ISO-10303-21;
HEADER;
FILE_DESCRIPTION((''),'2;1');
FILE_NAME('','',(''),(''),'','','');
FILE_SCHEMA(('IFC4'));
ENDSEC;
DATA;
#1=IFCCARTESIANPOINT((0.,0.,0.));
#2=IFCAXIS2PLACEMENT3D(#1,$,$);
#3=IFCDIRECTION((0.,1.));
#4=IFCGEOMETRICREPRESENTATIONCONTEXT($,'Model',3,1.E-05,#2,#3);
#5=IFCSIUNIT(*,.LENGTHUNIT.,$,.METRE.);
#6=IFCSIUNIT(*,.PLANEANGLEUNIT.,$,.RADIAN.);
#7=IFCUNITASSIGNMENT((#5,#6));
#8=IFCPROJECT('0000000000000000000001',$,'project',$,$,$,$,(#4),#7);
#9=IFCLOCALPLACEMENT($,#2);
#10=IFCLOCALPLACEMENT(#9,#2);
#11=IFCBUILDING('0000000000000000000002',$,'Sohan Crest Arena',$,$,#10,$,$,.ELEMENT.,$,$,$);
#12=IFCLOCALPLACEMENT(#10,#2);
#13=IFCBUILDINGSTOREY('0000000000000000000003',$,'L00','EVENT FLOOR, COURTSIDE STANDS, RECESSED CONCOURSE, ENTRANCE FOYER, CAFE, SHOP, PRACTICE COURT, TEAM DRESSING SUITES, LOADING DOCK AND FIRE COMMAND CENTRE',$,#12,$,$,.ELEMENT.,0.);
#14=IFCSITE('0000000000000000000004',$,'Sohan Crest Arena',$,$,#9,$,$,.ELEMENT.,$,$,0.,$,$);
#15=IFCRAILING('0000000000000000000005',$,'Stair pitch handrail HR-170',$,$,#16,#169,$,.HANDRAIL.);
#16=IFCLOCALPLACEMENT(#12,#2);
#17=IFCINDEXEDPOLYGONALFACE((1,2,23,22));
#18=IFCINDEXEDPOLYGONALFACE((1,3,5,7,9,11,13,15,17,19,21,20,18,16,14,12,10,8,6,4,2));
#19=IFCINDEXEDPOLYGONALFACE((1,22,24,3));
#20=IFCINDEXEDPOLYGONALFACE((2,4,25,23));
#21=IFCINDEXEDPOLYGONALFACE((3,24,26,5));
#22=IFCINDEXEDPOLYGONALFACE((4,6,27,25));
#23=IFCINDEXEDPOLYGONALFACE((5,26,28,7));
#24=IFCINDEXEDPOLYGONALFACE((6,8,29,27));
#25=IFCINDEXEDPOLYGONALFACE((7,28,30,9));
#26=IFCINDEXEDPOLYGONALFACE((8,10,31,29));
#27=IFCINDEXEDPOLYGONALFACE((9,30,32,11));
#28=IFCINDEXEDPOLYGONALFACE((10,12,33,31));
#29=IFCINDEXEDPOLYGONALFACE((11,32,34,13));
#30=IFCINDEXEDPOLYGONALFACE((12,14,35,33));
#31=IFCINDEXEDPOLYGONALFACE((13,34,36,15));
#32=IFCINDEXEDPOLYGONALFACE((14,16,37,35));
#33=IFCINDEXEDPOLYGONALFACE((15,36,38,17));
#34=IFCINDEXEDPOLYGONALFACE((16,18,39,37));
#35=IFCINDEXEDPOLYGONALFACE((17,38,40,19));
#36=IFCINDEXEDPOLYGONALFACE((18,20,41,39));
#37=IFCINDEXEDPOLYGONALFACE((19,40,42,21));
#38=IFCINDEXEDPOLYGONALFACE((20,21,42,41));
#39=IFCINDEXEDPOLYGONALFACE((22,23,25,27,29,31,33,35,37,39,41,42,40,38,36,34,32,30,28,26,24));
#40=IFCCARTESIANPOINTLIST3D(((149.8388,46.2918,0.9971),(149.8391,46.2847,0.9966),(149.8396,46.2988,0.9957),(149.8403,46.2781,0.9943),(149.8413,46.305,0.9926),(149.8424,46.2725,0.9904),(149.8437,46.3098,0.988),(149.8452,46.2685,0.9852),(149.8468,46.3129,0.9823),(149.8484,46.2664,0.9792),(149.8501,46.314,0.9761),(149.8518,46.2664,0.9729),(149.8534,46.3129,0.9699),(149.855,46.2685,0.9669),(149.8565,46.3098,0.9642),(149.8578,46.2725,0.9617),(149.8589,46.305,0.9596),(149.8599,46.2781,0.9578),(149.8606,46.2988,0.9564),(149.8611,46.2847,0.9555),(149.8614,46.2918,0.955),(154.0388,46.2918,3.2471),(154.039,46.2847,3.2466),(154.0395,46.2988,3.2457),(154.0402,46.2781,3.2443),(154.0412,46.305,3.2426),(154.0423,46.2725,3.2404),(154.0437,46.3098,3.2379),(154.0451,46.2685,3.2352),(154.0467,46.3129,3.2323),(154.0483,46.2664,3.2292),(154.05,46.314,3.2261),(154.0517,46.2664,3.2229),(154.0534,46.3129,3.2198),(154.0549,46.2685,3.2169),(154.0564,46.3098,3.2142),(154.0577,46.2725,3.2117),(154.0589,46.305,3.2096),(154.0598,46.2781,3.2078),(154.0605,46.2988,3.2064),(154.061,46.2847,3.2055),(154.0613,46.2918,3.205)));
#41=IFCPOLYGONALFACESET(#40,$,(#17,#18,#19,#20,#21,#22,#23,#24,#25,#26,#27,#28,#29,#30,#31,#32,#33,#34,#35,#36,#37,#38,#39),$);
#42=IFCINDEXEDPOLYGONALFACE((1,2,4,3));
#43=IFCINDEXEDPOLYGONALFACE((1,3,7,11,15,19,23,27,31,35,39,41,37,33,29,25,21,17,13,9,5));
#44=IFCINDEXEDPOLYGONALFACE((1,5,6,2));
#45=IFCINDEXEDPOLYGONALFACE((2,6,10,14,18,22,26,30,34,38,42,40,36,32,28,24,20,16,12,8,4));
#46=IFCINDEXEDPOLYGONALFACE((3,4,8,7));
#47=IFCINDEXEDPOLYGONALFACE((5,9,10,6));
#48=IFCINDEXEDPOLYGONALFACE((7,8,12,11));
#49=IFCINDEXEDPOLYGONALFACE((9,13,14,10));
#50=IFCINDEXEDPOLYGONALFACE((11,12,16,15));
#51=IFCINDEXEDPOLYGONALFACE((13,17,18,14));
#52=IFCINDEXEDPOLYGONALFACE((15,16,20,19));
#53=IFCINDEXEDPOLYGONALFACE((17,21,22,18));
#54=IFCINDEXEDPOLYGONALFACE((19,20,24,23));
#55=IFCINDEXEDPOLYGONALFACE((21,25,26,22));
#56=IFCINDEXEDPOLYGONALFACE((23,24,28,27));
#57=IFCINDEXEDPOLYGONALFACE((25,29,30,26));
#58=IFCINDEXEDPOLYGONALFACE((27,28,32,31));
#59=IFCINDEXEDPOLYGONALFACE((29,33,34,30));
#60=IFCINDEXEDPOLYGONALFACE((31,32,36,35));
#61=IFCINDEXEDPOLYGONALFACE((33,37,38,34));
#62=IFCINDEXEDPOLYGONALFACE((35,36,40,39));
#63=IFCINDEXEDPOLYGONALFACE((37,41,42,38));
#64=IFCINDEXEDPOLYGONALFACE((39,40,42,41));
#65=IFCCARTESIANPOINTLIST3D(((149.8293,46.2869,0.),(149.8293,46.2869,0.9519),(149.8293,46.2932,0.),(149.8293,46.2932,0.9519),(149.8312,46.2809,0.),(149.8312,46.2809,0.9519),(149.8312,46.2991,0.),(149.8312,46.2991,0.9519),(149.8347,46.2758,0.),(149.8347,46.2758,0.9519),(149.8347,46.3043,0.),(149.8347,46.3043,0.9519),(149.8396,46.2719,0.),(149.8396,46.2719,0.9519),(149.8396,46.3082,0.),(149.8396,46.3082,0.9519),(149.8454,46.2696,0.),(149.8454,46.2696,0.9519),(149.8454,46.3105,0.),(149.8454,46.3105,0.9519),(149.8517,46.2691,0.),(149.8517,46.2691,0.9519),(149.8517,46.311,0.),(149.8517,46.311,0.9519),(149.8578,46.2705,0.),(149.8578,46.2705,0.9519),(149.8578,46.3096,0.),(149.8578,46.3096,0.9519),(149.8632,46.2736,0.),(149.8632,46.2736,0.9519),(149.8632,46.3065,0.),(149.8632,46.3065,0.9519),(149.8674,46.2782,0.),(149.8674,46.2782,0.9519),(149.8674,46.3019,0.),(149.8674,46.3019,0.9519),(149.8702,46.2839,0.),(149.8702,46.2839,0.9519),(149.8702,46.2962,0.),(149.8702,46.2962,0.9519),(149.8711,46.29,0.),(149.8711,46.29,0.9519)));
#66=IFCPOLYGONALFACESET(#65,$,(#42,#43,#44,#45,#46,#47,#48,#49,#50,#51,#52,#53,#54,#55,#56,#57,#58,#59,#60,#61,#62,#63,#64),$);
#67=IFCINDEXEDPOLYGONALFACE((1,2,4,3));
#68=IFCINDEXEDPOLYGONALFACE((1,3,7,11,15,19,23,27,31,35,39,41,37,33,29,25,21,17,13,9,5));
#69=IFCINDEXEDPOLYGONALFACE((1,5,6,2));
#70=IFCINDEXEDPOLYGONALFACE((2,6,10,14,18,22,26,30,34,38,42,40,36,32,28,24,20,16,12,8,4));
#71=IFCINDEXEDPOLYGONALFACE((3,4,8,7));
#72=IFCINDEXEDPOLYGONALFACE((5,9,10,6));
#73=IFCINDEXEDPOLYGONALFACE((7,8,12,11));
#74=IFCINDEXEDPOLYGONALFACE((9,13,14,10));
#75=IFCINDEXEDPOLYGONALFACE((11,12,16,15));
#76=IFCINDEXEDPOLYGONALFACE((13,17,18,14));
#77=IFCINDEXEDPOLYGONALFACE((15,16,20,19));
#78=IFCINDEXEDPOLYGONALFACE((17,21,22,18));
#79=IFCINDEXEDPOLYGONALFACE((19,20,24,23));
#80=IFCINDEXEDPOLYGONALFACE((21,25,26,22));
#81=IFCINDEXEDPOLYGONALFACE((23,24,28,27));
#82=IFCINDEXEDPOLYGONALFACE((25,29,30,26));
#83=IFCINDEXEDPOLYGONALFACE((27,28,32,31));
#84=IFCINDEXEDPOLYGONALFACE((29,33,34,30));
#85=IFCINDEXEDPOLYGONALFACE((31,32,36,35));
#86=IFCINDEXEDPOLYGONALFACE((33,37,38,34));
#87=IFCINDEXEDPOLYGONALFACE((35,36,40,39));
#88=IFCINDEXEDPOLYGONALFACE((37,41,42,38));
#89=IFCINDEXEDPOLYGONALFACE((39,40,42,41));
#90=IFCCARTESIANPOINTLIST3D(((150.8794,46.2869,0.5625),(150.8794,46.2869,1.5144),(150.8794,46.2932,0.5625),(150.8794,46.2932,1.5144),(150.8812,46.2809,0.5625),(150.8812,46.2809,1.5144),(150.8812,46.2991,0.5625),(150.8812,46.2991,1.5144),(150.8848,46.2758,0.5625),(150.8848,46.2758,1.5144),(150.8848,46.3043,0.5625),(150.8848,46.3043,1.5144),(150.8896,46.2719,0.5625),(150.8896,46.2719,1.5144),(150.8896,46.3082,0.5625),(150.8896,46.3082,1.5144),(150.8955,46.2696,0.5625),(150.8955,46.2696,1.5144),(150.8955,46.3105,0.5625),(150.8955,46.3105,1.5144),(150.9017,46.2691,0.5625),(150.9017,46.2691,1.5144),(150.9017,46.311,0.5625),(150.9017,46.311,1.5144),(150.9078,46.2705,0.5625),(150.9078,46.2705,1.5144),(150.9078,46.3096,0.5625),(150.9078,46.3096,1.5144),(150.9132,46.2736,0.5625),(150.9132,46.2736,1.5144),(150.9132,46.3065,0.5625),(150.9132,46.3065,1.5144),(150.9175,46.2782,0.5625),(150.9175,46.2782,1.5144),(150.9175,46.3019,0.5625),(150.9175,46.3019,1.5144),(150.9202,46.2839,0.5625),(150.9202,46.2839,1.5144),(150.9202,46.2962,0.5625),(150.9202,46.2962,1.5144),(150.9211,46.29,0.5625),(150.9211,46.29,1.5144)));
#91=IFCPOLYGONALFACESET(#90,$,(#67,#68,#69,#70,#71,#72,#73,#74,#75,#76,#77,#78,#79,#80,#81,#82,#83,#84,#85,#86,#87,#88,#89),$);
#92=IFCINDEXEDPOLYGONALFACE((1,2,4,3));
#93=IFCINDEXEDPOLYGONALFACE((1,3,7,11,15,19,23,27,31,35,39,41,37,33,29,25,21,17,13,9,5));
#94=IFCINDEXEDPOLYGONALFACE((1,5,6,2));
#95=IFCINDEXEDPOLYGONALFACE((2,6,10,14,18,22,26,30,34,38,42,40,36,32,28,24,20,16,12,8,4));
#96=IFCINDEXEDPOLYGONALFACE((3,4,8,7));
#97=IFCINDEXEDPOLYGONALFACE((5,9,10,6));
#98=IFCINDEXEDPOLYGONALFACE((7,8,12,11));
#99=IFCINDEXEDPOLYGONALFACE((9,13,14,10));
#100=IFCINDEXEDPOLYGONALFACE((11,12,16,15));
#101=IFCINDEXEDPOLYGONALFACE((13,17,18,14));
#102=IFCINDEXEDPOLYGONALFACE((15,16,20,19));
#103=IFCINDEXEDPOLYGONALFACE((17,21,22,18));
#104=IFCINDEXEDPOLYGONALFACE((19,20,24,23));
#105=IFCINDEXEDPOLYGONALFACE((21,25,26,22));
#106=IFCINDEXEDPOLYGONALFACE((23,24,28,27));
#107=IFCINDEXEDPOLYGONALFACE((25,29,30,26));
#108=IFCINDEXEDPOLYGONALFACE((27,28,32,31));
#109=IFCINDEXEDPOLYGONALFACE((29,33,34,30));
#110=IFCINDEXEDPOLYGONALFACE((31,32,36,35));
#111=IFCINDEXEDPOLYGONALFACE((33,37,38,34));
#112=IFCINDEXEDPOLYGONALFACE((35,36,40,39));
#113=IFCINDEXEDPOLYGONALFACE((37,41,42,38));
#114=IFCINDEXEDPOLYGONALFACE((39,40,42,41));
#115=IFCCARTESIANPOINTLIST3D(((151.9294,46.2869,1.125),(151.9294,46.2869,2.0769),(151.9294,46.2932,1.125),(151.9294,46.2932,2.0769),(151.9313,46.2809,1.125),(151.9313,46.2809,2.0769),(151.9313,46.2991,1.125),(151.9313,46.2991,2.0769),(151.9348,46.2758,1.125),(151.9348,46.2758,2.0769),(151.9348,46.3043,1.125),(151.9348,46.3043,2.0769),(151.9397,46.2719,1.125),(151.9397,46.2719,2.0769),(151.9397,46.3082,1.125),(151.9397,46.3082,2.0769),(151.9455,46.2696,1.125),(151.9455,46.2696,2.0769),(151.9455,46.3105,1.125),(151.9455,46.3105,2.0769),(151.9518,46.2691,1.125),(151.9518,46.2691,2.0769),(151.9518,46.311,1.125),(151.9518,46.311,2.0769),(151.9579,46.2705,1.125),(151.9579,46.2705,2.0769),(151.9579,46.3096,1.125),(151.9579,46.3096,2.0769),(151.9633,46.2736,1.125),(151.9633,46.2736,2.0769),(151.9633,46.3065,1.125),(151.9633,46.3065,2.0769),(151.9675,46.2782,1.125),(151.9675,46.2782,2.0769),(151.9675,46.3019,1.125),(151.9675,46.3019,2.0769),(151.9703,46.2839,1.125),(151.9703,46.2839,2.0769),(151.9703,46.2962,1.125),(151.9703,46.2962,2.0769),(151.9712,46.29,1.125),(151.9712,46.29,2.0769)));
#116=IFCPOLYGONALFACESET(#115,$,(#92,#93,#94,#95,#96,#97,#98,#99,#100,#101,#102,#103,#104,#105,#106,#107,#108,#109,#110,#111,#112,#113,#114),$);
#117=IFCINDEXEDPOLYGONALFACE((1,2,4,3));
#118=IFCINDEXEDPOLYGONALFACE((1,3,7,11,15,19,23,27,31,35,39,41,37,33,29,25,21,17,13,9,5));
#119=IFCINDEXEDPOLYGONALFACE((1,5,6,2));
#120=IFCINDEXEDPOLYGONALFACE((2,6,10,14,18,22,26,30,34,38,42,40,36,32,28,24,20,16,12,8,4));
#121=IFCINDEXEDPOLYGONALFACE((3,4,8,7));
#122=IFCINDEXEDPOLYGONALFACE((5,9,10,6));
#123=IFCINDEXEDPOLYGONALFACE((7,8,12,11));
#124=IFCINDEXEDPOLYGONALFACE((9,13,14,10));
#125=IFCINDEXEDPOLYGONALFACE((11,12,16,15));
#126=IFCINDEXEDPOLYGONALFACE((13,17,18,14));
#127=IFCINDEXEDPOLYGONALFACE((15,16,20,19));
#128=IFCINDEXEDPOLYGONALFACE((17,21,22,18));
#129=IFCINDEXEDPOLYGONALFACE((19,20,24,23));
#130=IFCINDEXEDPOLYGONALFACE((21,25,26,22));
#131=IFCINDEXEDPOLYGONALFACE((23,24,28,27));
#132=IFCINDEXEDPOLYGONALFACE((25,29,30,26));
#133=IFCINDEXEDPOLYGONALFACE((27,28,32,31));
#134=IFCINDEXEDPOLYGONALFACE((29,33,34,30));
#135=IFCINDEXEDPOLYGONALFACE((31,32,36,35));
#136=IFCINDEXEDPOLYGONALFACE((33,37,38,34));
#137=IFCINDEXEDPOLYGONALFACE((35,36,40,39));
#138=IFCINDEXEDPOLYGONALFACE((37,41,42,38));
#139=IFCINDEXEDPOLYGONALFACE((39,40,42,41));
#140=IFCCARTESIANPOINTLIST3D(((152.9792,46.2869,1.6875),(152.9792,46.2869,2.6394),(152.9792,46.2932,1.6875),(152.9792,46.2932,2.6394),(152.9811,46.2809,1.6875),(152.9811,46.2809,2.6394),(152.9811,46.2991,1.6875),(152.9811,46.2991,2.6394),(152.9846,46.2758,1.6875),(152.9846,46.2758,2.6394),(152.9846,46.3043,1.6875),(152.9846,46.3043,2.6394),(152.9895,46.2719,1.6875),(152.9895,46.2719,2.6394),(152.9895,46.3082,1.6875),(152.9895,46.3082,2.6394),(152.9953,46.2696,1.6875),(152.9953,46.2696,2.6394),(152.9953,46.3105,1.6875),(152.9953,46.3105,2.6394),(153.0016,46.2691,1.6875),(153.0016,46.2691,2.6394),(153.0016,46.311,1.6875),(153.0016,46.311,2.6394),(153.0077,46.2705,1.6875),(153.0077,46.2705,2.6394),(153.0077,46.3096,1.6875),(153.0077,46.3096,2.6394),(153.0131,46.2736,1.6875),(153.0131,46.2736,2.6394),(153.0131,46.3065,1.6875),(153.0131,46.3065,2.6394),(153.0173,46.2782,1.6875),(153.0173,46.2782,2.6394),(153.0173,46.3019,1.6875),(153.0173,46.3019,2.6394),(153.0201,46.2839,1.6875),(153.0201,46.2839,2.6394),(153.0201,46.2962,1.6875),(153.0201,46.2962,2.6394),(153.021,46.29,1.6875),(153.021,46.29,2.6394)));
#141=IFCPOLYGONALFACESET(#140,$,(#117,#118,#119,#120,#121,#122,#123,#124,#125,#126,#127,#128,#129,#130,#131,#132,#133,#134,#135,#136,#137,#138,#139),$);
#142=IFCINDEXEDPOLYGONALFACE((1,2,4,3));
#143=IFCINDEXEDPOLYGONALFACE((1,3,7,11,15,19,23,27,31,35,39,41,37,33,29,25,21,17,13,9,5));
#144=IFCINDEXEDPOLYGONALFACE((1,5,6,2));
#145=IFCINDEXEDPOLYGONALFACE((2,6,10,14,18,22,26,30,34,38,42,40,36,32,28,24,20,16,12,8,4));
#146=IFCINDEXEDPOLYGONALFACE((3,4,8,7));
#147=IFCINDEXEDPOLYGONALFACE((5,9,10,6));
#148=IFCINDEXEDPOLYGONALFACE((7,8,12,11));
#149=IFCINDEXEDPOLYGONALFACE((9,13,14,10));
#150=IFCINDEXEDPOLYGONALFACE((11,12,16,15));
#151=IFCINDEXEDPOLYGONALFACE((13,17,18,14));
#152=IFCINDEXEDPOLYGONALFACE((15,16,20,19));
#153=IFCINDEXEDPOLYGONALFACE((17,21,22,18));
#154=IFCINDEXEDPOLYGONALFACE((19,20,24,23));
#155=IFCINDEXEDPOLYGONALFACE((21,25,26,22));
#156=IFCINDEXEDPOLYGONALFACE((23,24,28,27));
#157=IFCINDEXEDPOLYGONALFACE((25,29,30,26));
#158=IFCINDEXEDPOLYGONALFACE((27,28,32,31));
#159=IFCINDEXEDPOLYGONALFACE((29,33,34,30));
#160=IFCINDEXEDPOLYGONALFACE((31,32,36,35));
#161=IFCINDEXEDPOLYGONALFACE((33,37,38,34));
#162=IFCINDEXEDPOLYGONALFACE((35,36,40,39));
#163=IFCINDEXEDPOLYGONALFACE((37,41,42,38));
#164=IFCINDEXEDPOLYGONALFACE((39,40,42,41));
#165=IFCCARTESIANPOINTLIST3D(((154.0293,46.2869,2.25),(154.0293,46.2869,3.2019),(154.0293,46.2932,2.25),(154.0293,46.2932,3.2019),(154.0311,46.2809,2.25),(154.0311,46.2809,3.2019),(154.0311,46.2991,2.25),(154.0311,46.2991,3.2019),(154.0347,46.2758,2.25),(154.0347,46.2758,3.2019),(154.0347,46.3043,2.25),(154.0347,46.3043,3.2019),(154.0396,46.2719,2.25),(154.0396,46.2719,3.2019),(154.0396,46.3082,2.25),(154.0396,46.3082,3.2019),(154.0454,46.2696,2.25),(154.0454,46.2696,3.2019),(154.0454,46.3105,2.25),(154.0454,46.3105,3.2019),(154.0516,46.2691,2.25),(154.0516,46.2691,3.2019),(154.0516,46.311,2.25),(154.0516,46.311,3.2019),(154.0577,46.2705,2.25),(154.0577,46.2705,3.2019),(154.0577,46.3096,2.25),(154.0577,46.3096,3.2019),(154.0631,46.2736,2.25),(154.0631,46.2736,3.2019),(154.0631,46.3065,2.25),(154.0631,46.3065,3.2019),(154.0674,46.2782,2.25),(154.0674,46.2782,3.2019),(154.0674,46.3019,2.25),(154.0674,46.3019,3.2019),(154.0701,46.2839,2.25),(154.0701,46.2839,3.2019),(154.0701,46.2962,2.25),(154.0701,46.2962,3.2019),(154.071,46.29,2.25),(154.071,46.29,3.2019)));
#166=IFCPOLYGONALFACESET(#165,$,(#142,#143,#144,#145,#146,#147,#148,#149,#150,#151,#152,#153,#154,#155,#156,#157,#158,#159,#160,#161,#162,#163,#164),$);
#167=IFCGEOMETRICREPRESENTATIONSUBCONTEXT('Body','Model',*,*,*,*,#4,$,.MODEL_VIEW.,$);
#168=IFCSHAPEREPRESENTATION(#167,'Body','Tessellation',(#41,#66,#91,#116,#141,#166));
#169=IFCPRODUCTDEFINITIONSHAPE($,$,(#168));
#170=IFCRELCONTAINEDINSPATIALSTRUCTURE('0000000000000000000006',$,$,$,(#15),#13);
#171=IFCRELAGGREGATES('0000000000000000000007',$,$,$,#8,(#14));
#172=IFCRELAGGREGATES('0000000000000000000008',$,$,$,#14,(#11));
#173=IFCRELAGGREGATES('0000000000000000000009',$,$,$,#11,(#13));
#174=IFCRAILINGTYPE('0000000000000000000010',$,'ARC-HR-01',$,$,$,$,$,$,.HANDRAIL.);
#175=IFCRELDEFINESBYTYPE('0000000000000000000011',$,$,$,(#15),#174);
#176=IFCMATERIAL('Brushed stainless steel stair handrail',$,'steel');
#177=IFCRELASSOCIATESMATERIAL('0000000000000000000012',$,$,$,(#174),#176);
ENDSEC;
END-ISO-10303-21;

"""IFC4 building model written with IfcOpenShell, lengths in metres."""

from ifc_helpers import new_model, si_unit, direction, frame, origin, origin_2d, place, context, subcontext, project, spatial, circle, extrude, material, type_object, element, save


model = new_model("IFC4")

# Units and contexts
model_context = context("Model", 3, precision=1e-05, world=origin(), true_north=direction((0.0, 1.0)))
body_context = subcontext(model_context, "Body", "Model", "MODEL_VIEW")
ifc_project = project(units=[si_unit("LENGTHUNIT", "METRE"), si_unit("PLANEANGLEUNIT", "RADIAN")], contexts=[model_context])

# Site, building, storey
site_placement = place(None, origin())
site = spatial("IfcSite", under=ifc_project, at=site_placement, Name="Sohan Crest Arena", CompositionType="ELEMENT", RefElevation=0.0)
building_placement = place(site_placement, origin())
building = spatial("IfcBuilding", under=site, at=building_placement, Name="Sohan Crest Arena", CompositionType="ELEMENT")
storey_placement = place(building_placement, origin())
storey = spatial("IfcBuildingStorey", under=building, at=storey_placement, Name="L00", Description="EVENT FLOOR, COURTSIDE STANDS, RECESSED CONCOURSE, ENTRANCE FOYER, CAFE, SHOP, PRACTICE COURT, TEAM DRESSING SUITES, LOADING DOCK AND FIRE COMMAND CENTRE", CompositionType="ELEMENT", Elevation=0.0)

# Railing
ifc_material_1 = material(Name="Brushed stainless steel stair handrail", Category="steel")
railing_type_1 = type_object("IfcRailingType", Name="ARC-HR-01", PredefinedType="HANDRAIL", material=ifc_material_1)
for number, where, name in (
    (1, (149.8501, 46.29, 0.0), "Stair pitch handrail HR-170"),
):
    element("IfcRailing", number, at=place(storey_placement, frame(where)), inside=storey, type_object=railing_type_1, Name=name, PredefinedType="HANDRAIL", context=body_context, shape_type="SweptSolid", body=[
        extrude(circle(Radius=0.0239, at=origin_2d()), frame((0.0, 0.0, 0.9761), z_axis=(0.881478, 0.0, 0.472226), x_axis=(0.0, 1.0, 0.0)), (0.0, 0.0, 1.0), 4.7646),
        extrude(circle(Radius=0.021, at=origin_2d()), origin(), (0.0, 0.0, 1.0), 0.9519),
        extrude(circle(Radius=0.021, at=origin_2d()), frame((1.05, 0.0, 0.5625)), (0.0, 0.0, 1.0), 0.9519),
        extrude(circle(Radius=0.021, at=origin_2d()), frame((2.1001, 0.0, 1.125)), (0.0, 0.0, 1.0), 0.9519),
        extrude(circle(Radius=0.021, at=origin_2d()), frame((3.1499, 0.0, 1.6875)), (0.0, 0.0, 1.0), 0.9519),
        extrude(circle(Radius=0.021, at=origin_2d()), frame((4.2, 0.0, 2.25)), (0.0, 0.0, 1.0), 0.9519),
    ])

save(model, "model.ifc")
